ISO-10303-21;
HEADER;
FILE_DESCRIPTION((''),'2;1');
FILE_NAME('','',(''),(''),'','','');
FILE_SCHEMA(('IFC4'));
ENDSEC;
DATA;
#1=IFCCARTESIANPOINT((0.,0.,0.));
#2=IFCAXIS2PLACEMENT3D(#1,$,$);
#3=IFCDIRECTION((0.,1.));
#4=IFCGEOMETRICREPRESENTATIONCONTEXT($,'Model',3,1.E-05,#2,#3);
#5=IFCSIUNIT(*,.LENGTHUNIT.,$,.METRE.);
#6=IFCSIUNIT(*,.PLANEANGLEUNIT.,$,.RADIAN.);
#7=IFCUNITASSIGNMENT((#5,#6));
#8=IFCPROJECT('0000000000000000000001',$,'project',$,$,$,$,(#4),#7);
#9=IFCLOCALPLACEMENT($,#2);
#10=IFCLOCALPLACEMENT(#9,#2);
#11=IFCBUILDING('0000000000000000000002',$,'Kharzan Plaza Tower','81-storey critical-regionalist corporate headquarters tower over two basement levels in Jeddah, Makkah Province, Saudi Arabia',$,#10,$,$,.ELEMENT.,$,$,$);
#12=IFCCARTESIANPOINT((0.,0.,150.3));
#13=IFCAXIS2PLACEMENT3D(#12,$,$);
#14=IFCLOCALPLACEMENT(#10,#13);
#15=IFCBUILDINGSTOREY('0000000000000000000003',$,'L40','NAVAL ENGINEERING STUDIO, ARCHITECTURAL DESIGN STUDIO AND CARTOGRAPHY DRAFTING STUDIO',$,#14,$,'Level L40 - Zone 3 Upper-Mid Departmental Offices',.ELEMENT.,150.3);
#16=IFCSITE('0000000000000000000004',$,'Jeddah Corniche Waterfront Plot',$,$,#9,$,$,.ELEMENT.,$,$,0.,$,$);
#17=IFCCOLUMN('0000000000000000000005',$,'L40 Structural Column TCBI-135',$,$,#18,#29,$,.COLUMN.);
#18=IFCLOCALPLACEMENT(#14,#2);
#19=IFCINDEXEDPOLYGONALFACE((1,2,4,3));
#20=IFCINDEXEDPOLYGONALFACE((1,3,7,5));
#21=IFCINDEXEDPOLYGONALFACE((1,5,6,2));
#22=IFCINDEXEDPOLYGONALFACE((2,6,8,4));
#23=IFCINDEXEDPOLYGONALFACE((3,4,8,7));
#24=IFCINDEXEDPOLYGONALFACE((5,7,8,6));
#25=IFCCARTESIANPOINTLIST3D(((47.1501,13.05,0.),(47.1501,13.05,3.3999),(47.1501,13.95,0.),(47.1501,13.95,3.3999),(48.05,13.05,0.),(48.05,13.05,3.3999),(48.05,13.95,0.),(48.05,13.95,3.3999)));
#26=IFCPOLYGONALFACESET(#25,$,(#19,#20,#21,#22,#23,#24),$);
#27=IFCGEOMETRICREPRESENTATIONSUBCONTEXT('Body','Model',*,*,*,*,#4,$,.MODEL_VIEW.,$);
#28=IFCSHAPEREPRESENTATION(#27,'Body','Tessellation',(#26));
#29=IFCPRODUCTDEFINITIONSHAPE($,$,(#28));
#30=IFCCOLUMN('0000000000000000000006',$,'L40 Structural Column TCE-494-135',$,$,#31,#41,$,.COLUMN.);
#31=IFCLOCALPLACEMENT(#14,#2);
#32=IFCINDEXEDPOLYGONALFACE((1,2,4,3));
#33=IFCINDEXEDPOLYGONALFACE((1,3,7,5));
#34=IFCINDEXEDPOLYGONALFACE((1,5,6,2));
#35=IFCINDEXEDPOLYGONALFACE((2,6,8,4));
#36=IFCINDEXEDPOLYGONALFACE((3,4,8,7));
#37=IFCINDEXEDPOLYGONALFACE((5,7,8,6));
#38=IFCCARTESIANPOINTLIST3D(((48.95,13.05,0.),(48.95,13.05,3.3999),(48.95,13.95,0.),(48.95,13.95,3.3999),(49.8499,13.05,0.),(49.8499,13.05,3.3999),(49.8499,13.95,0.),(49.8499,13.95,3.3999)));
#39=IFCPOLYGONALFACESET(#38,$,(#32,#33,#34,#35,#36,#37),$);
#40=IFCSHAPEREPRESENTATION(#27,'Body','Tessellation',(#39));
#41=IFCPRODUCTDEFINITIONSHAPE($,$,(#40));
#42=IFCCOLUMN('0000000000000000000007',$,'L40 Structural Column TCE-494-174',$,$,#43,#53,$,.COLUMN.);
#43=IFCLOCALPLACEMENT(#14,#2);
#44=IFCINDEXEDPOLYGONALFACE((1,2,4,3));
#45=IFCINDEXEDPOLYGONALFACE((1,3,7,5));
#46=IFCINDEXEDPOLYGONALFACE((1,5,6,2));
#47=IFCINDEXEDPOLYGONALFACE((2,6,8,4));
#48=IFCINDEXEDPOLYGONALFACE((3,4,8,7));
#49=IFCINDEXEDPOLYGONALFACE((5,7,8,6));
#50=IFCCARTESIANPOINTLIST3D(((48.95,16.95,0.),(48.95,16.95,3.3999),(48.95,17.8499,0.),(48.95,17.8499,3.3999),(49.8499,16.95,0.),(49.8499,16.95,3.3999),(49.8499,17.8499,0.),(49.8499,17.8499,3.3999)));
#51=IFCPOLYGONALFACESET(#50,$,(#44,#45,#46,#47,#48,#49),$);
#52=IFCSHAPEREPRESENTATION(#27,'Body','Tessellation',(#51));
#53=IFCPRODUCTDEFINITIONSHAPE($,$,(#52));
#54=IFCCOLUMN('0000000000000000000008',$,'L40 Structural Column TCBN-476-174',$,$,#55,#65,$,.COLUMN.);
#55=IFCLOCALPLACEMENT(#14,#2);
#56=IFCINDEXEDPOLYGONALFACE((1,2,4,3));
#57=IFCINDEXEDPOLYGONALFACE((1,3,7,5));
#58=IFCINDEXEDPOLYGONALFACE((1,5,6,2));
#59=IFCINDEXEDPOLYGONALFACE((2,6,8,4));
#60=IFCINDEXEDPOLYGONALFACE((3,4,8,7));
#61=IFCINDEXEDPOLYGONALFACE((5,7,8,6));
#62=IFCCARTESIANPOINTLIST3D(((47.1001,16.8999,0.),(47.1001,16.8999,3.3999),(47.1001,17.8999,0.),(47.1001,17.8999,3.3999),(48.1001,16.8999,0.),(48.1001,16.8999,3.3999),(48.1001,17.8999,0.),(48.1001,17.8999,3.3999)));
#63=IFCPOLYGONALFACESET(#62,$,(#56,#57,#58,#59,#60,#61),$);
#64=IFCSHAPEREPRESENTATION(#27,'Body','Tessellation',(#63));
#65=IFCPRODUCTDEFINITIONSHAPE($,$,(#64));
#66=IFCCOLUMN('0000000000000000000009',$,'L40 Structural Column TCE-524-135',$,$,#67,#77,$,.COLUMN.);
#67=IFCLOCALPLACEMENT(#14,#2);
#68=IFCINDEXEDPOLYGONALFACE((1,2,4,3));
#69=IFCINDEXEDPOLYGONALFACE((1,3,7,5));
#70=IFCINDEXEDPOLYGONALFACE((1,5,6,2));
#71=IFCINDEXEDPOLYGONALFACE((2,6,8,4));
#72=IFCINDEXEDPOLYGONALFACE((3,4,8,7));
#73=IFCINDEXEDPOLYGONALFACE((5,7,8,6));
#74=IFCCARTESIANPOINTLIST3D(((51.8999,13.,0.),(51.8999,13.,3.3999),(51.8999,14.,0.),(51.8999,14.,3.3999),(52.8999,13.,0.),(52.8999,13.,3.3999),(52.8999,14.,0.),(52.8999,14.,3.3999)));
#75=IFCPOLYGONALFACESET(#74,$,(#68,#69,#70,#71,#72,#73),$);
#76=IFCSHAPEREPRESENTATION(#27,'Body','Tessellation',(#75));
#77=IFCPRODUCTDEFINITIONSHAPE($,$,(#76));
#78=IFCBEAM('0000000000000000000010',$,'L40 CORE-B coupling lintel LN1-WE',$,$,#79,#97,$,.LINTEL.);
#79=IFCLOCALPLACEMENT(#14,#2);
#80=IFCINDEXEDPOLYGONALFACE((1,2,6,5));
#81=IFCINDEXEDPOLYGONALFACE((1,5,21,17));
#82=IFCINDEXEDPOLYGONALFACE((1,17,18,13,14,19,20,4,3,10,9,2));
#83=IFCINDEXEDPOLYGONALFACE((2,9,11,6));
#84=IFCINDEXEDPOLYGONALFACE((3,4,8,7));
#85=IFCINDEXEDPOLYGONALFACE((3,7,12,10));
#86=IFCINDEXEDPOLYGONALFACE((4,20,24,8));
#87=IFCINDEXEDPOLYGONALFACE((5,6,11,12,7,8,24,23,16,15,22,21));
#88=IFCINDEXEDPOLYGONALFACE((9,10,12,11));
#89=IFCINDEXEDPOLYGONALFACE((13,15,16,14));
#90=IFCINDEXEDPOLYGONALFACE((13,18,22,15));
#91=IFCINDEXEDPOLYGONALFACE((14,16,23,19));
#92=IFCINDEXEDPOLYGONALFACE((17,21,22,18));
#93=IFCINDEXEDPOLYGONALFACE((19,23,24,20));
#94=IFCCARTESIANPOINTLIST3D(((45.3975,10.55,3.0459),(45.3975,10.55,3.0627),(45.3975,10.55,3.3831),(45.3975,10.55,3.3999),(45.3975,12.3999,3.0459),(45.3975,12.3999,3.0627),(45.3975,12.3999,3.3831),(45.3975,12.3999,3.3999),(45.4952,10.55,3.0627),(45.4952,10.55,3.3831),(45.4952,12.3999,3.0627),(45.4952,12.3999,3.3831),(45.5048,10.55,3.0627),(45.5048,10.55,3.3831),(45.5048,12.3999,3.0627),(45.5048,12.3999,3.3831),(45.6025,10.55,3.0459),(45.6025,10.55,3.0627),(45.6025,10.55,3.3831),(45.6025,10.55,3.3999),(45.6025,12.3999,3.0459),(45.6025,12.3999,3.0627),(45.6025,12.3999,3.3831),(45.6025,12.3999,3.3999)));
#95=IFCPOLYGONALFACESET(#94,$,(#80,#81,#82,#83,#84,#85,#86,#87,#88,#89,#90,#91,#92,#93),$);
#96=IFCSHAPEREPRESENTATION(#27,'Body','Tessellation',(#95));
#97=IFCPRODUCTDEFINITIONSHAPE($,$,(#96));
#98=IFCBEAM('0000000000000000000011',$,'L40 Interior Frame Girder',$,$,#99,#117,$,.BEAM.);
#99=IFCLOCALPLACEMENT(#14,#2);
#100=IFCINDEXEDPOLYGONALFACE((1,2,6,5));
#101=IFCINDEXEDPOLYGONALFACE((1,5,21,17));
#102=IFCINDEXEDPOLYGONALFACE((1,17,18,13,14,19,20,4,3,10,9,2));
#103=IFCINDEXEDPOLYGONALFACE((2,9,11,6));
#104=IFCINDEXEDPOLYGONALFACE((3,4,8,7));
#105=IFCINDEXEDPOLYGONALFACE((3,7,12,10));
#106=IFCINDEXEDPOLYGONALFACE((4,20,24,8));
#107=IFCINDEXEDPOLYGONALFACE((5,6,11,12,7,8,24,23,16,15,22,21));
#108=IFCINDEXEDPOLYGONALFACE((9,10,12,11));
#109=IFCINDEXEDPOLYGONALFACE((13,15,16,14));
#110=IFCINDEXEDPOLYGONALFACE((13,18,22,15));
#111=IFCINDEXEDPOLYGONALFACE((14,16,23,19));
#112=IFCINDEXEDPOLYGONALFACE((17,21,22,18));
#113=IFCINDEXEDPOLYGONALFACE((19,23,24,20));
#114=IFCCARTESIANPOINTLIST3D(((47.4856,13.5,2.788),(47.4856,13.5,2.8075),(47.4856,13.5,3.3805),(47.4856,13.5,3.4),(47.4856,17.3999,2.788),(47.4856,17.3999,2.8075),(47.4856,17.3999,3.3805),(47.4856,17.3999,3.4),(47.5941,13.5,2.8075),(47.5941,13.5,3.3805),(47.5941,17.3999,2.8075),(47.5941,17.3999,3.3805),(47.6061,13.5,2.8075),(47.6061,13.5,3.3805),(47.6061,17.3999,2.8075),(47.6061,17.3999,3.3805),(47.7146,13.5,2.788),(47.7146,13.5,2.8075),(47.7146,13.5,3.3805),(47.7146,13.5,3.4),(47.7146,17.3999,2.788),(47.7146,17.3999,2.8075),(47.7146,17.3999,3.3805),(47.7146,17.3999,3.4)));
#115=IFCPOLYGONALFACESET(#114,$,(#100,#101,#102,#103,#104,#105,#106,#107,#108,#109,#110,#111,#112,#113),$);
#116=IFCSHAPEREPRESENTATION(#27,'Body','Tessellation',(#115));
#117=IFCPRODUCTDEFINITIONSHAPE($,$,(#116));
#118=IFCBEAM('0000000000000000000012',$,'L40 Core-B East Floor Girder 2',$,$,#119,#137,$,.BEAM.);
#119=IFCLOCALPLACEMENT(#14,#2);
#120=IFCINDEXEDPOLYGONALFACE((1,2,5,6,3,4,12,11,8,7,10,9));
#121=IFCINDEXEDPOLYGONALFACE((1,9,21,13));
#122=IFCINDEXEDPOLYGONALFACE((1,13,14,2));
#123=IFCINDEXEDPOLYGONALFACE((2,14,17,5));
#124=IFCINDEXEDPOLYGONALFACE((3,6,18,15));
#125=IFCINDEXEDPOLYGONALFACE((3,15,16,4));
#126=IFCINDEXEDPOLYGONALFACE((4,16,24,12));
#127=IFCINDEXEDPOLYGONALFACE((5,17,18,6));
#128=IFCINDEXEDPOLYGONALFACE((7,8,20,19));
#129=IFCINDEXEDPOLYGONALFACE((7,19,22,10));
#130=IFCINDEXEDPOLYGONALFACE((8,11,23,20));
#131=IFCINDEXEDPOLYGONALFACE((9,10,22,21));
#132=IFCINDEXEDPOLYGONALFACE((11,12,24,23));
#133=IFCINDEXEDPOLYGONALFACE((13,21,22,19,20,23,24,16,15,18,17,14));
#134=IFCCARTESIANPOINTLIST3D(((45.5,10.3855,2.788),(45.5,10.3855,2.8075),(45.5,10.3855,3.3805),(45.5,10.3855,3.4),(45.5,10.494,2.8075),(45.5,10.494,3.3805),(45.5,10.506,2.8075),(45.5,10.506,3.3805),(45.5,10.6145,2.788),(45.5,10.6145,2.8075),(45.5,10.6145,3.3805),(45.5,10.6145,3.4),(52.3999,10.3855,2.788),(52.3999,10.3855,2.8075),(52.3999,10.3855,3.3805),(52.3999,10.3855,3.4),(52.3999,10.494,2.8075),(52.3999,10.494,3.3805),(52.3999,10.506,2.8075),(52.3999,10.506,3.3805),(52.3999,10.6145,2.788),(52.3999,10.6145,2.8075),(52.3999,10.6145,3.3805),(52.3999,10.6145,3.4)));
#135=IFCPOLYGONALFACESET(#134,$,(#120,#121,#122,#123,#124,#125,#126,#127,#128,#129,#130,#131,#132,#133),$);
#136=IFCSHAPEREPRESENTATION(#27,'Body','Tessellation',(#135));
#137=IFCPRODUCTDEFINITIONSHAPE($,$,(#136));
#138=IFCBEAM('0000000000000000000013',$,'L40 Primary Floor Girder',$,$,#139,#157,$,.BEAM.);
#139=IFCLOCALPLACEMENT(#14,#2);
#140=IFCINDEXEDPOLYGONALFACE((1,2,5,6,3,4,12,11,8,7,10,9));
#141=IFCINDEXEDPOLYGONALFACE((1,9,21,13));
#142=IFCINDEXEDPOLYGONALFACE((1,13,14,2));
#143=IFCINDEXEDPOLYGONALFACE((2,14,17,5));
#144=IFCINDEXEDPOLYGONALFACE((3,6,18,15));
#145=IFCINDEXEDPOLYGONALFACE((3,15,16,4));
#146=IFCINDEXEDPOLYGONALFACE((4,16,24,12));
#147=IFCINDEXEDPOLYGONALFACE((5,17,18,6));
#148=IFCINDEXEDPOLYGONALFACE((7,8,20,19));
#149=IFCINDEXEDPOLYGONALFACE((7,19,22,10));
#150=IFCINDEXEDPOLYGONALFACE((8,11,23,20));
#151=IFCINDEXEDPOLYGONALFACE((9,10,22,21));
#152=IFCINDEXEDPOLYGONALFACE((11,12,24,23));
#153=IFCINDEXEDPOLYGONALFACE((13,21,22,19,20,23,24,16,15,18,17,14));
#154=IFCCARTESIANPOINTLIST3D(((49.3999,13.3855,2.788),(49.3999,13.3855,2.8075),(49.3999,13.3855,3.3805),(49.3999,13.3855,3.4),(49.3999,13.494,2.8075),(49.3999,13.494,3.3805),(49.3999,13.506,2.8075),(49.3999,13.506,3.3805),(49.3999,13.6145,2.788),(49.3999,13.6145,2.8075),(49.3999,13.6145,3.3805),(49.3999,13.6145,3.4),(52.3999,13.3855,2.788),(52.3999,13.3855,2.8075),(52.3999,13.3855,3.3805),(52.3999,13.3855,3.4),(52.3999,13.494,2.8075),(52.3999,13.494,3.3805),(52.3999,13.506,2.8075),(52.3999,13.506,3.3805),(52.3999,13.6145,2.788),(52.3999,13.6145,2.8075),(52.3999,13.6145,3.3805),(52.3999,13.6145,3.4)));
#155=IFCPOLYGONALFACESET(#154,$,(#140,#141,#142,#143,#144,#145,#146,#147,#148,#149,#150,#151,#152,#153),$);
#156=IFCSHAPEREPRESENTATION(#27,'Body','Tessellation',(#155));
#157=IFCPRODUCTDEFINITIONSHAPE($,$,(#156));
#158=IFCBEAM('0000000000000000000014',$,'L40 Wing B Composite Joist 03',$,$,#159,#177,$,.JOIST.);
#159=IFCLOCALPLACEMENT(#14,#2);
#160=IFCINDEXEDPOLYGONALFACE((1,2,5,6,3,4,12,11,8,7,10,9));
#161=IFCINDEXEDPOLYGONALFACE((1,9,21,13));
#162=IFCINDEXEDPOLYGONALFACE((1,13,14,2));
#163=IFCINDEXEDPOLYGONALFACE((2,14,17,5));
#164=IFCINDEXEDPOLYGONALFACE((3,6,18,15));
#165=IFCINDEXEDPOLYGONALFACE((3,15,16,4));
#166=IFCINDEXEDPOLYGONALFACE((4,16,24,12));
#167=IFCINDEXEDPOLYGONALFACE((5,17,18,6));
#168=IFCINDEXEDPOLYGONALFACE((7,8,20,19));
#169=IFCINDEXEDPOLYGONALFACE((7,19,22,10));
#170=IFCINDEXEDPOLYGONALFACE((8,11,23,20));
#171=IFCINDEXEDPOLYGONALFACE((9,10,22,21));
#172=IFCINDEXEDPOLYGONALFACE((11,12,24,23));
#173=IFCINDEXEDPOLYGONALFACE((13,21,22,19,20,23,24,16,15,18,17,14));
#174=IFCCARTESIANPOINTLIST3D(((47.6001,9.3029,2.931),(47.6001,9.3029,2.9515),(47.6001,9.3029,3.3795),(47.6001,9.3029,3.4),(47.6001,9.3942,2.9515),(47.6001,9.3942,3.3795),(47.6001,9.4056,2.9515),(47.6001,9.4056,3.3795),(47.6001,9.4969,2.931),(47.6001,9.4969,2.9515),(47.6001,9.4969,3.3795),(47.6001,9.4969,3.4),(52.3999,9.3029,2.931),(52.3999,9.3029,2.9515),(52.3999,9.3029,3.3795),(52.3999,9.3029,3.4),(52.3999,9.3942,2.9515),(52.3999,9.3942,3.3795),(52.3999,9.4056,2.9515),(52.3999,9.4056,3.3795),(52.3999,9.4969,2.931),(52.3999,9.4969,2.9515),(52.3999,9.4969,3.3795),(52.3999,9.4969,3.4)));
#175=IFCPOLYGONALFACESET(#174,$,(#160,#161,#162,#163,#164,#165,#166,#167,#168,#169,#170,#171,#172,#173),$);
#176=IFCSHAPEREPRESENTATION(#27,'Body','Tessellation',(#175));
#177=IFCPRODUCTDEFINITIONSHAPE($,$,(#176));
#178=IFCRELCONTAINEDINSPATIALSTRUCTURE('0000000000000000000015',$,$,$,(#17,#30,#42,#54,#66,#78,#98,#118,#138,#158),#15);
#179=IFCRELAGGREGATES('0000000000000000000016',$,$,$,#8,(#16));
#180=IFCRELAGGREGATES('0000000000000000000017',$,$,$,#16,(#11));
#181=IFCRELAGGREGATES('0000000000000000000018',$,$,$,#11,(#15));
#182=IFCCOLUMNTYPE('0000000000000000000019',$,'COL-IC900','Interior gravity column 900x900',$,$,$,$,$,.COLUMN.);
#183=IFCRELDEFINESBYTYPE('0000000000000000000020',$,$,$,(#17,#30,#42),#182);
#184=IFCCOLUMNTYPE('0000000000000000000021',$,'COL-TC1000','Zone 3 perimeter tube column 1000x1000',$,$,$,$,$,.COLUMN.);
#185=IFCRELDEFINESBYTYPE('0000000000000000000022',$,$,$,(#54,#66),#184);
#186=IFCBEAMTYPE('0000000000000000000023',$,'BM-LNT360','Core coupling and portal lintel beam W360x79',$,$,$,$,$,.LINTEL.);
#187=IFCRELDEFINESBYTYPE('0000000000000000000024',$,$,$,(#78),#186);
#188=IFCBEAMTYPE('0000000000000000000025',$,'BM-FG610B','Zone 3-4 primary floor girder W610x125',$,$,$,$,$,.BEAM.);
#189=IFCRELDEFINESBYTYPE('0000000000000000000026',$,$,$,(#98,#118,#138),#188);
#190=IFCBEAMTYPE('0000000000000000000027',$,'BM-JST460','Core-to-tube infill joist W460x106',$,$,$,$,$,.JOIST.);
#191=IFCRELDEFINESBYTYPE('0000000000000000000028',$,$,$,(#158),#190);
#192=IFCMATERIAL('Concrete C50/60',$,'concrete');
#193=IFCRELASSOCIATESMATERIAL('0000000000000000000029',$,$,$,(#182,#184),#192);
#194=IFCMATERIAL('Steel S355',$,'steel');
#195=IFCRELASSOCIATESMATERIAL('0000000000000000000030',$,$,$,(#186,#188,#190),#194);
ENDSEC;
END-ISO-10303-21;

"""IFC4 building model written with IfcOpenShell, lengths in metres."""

from ifc_helpers import new_model, si_unit, direction, frame, origin, origin_2d, place, context, subcontext, project, spatial, rectangle, i_section, extrude, source, transform, mapped, material, material_profile, profile_set, type_object, element, save


model = new_model("IFC4")

# Units and contexts
model_context = context("Model", 3, precision=1e-05, world=origin(), true_north=direction((0.0, 1.0)))
body_context = subcontext(model_context, "Body", "Model", "MODEL_VIEW")
ifc_project = project(units=[si_unit("LENGTHUNIT", "METRE"), si_unit("PLANEANGLEUNIT", "RADIAN")], contexts=[model_context])

# Site, building, storey
site_placement = place(None, origin())
site = spatial("IfcSite", under=ifc_project, at=site_placement, Name="Jeddah Corniche Waterfront Plot", CompositionType="ELEMENT", RefElevation=0.0)
building_placement = place(site_placement, origin())
building = spatial("IfcBuilding", under=site, at=building_placement, Name="Kharzan Plaza Tower", Description="81-storey critical-regionalist corporate headquarters tower over two basement levels in Jeddah, Makkah Province, Saudi Arabia", CompositionType="ELEMENT")
storey_placement = place(building_placement, frame((0.0, 0.0, 150.3)))
storey = spatial("IfcBuildingStorey", under=building, at=storey_placement, Name="L40", Description="NAVAL ENGINEERING STUDIO, ARCHITECTURAL DESIGN STUDIO AND CARTOGRAPHY DRAFTING STUDIO", LongName="Level L40 - Zone 3 Upper-Mid Departmental Offices", CompositionType="ELEMENT", Elevation=150.3)

# Columns
ifc_material_1 = material(Name="Concrete C50/60", Category="concrete")
ifc_material_profile_1 = material_profile(ifc_material_1, rectangle(XDim=0.8999, YDim=0.8999, at=origin_2d()), Name="RC-IC900x900")
ifc_profile_set_1 = profile_set([ifc_material_profile_1], Name="Concrete C50/60")
column_type_1 = type_object("IfcColumnType", Name="COL-IC900", Description="Interior gravity column 900x900", PredefinedType="COLUMN", material=ifc_profile_set_1)
shared_shape_1 = source(origin(), body_context, "Body", "SweptSolid", [
    extrude(rectangle(XDim=0.8999, YDim=0.8999, at=origin_2d()), origin(), (0.0, 0.0, 1.0), 3.3999),
])
for number, where, z_axis, x_axis, name in (
    (1, (47.6001, 13.5, 0.0), (0.0, 0.0, 1.0), (1.0, 0.0, 0.0), "L40 Structural Column TCBI-135"),
    (2, (49.3999, 13.5, 0.0), (0.0, 0.0, 1.0), (1.0, 0.0, 0.0), "L40 Structural Column TCE-494-135"),
    (3, (49.3999, 17.3999, 0.0), (0.0, 0.0, 1.0), (1.0, 0.0, 0.0), "L40 Structural Column TCE-494-174"),
):
    element("IfcColumn", number, at=place(storey_placement, frame(where, z_axis=z_axis, x_axis=x_axis)), inside=storey, type_object=column_type_1, Name=name, PredefinedType="COLUMN", context=body_context, shape_type="MappedRepresentation", body=[
        mapped(shared_shape_1, transform((0.0, 0.0, 0.0), x_axis=(1.0, 0.0, 0.0), y_axis=(0.0, 1.0, 0.0), z_axis=(0.0, 0.0, 1.0))),
    ])
ifc_material_profile_2 = material_profile(ifc_material_1, rectangle(XDim=1.0, YDim=1.0, at=origin_2d()), Name="RC-TC1000x1000")
ifc_profile_set_2 = profile_set([ifc_material_profile_2], Name="Concrete C50/60")
column_type_2 = type_object("IfcColumnType", Name="COL-TC1000", Description="Zone 3 perimeter tube column 1000x1000", PredefinedType="COLUMN", material=ifc_profile_set_2)
shared_shape_2 = source(origin(), body_context, "Body", "SweptSolid", [
    extrude(rectangle(XDim=1.0, YDim=1.0, at=origin_2d()), origin(), (0.0, 0.0, 1.0), 3.3999),
])
for number, where, z_axis, x_axis, name in (
    (4, (47.6001, 17.3999, 0.0), (0.0, 0.0, 1.0), (1.0, 0.0, 0.0), "L40 Structural Column TCBN-476-174"),
    (5, (52.3999, 13.5, 0.0), (0.0, 0.0, 1.0), (1.0, 0.0, 0.0), "L40 Structural Column TCE-524-135"),
):
    element("IfcColumn", number, at=place(storey_placement, frame(where, z_axis=z_axis, x_axis=x_axis)), inside=storey, type_object=column_type_2, Name=name, PredefinedType="COLUMN", context=body_context, shape_type="MappedRepresentation", body=[
        mapped(shared_shape_2, transform((0.0, 0.0, 0.0), x_axis=(1.0, 0.0, 0.0), y_axis=(0.0, 1.0, 0.0), z_axis=(0.0, 0.0, 1.0))),
    ])

# Beams
ifc_material_2 = material(Name="Steel S355", Category="steel")
ifc_material_profile_3 = material_profile(ifc_material_2, i_section(OverallWidth=0.2051, OverallDepth=0.354, WebThickness=0.0095, FlangeThickness=0.0168, at=origin_2d()), Name="W360x79")
ifc_profile_set_3 = profile_set([ifc_material_profile_3], Name="Steel S355")
beam_type_1 = type_object("IfcBeamType", Name="BM-LNT360", Description="Core coupling and portal lintel beam W360x79", PredefinedType="LINTEL", material=ifc_profile_set_3)
shared_shape_3 = source(origin(), body_context, "Body", "SweptSolid", [
    extrude(i_section(OverallWidth=0.2051, OverallDepth=0.354, WebThickness=0.0095, FlangeThickness=0.0168, at=origin_2d()), origin(), (0.0, 0.0, 1.0), 1.8499),
])
beam_1_placement = place(storey_placement, frame((45.5, 10.55, 3.2229), z_axis=(0.0, 1.0, 0.0), x_axis=(-1.0, 0.0, 0.0)))
element("IfcBeam", 6, at=beam_1_placement, inside=storey, type_object=beam_type_1, Name="L40 CORE-B coupling lintel LN1-WE", PredefinedType="LINTEL", context=body_context, shape_type="MappedRepresentation", body=[
    mapped(shared_shape_3, transform((0.0, 0.0, 0.0), x_axis=(1.0, 0.0, 0.0), y_axis=(0.0, 1.0, 0.0), z_axis=(0.0, 0.0, 1.0))),
])
ifc_material_profile_4 = material_profile(ifc_material_2, i_section(OverallWidth=0.229, OverallDepth=0.6121, WebThickness=0.012, FlangeThickness=0.0195, at=origin_2d()), Name="W610x125")
ifc_profile_set_4 = profile_set([ifc_material_profile_4], Name="Steel S355")
beam_type_2 = type_object("IfcBeamType", Name="BM-FG610B", Description="Zone 3-4 primary floor girder W610x125", PredefinedType="BEAM", material=ifc_profile_set_4)
shared_shape_4 = source(origin(), body_context, "Body", "SweptSolid", [
    extrude(i_section(OverallWidth=0.229, OverallDepth=0.6121, WebThickness=0.012, FlangeThickness=0.0195, at=origin_2d()), origin(), (0.0, 0.0, 1.0), 3.8999),
])
beam_2_placement = place(storey_placement, frame((47.6001, 13.5, 3.094), z_axis=(0.0, 1.0, 0.0), x_axis=(-1.0, 0.0, 0.0)))
element("IfcBeam", 7, at=beam_2_placement, inside=storey, type_object=beam_type_2, Name="L40 Interior Frame Girder", PredefinedType="BEAM", context=body_context, shape_type="MappedRepresentation", body=[
    mapped(shared_shape_4, transform((0.0, 0.0, 0.0), x_axis=(1.0, 0.0, 0.0), y_axis=(0.0, 1.0, 0.0), z_axis=(0.0, 0.0, 1.0))),
])
shared_shape_5 = source(origin(), body_context, "Body", "SweptSolid", [
    extrude(i_section(OverallWidth=0.229, OverallDepth=0.6121, WebThickness=0.012, FlangeThickness=0.0195, at=origin_2d()), origin(), (0.0, 0.0, 1.0), 6.8999),
])
beam_3_placement = place(storey_placement, frame((45.5, 10.5, 3.094), z_axis=(1.0, 0.0, 0.0), x_axis=(0.0, 1.0, 0.0)))
element("IfcBeam", 8, at=beam_3_placement, inside=storey, type_object=beam_type_2, Name="L40 Core-B East Floor Girder 2", PredefinedType="BEAM", context=body_context, shape_type="MappedRepresentation", body=[
    mapped(shared_shape_5, transform((0.0, 0.0, 0.0), x_axis=(1.0, 0.0, 0.0), y_axis=(0.0, 1.0, 0.0), z_axis=(0.0, 0.0, 1.0))),
])
shared_shape_6 = source(origin(), body_context, "Body", "SweptSolid", [
    extrude(i_section(OverallWidth=0.229, OverallDepth=0.6121, WebThickness=0.012, FlangeThickness=0.0195, at=origin_2d()), origin(), (0.0, 0.0, 1.0), 3.0),
])
beam_4_placement = place(storey_placement, frame((49.3999, 13.5, 3.094), z_axis=(1.0, 0.0, 0.0), x_axis=(0.0, 1.0, 0.0)))
element("IfcBeam", 9, at=beam_4_placement, inside=storey, type_object=beam_type_2, Name="L40 Primary Floor Girder", PredefinedType="BEAM", context=body_context, shape_type="MappedRepresentation", body=[
    mapped(shared_shape_6, transform((0.0, 0.0, 0.0), x_axis=(1.0, 0.0, 0.0), y_axis=(0.0, 1.0, 0.0), z_axis=(0.0, 0.0, 1.0))),
])
ifc_material_profile_5 = material_profile(ifc_material_2, i_section(OverallWidth=0.1941, OverallDepth=0.469, WebThickness=0.0115, FlangeThickness=0.0205, at=origin_2d()), Name="W460x106")
ifc_profile_set_5 = profile_set([ifc_material_profile_5], Name="Steel S355")
beam_type_3 = type_object("IfcBeamType", Name="BM-JST460", Description="Core-to-tube infill joist W460x106", PredefinedType="JOIST", material=ifc_profile_set_5)
shared_shape_7 = source(origin(), body_context, "Body", "SweptSolid", [
    extrude(i_section(OverallWidth=0.1941, OverallDepth=0.469, WebThickness=0.0115, FlangeThickness=0.0205, at=origin_2d()), origin(), (0.0, 0.0, 1.0), 4.7998),
])
for number, where, z_axis, x_axis, name in (
    (10, (47.6001, 9.3999, 3.1655), (1.0, 0.0, 0.0), (0.0, 1.0, 0.0), "L40 Wing B Composite Joist 03"),
):
    element("IfcBeam", number, at=place(storey_placement, frame(where, z_axis=z_axis, x_axis=x_axis)), inside=storey, type_object=beam_type_3, Name=name, PredefinedType="JOIST", context=body_context, shape_type="MappedRepresentation", body=[
        mapped(shared_shape_7, transform((0.0, 0.0, 0.0), x_axis=(1.0, 0.0, 0.0), y_axis=(0.0, 1.0, 0.0), z_axis=(0.0, 0.0, 1.0))),
    ])

save(model, "model.ifc")
